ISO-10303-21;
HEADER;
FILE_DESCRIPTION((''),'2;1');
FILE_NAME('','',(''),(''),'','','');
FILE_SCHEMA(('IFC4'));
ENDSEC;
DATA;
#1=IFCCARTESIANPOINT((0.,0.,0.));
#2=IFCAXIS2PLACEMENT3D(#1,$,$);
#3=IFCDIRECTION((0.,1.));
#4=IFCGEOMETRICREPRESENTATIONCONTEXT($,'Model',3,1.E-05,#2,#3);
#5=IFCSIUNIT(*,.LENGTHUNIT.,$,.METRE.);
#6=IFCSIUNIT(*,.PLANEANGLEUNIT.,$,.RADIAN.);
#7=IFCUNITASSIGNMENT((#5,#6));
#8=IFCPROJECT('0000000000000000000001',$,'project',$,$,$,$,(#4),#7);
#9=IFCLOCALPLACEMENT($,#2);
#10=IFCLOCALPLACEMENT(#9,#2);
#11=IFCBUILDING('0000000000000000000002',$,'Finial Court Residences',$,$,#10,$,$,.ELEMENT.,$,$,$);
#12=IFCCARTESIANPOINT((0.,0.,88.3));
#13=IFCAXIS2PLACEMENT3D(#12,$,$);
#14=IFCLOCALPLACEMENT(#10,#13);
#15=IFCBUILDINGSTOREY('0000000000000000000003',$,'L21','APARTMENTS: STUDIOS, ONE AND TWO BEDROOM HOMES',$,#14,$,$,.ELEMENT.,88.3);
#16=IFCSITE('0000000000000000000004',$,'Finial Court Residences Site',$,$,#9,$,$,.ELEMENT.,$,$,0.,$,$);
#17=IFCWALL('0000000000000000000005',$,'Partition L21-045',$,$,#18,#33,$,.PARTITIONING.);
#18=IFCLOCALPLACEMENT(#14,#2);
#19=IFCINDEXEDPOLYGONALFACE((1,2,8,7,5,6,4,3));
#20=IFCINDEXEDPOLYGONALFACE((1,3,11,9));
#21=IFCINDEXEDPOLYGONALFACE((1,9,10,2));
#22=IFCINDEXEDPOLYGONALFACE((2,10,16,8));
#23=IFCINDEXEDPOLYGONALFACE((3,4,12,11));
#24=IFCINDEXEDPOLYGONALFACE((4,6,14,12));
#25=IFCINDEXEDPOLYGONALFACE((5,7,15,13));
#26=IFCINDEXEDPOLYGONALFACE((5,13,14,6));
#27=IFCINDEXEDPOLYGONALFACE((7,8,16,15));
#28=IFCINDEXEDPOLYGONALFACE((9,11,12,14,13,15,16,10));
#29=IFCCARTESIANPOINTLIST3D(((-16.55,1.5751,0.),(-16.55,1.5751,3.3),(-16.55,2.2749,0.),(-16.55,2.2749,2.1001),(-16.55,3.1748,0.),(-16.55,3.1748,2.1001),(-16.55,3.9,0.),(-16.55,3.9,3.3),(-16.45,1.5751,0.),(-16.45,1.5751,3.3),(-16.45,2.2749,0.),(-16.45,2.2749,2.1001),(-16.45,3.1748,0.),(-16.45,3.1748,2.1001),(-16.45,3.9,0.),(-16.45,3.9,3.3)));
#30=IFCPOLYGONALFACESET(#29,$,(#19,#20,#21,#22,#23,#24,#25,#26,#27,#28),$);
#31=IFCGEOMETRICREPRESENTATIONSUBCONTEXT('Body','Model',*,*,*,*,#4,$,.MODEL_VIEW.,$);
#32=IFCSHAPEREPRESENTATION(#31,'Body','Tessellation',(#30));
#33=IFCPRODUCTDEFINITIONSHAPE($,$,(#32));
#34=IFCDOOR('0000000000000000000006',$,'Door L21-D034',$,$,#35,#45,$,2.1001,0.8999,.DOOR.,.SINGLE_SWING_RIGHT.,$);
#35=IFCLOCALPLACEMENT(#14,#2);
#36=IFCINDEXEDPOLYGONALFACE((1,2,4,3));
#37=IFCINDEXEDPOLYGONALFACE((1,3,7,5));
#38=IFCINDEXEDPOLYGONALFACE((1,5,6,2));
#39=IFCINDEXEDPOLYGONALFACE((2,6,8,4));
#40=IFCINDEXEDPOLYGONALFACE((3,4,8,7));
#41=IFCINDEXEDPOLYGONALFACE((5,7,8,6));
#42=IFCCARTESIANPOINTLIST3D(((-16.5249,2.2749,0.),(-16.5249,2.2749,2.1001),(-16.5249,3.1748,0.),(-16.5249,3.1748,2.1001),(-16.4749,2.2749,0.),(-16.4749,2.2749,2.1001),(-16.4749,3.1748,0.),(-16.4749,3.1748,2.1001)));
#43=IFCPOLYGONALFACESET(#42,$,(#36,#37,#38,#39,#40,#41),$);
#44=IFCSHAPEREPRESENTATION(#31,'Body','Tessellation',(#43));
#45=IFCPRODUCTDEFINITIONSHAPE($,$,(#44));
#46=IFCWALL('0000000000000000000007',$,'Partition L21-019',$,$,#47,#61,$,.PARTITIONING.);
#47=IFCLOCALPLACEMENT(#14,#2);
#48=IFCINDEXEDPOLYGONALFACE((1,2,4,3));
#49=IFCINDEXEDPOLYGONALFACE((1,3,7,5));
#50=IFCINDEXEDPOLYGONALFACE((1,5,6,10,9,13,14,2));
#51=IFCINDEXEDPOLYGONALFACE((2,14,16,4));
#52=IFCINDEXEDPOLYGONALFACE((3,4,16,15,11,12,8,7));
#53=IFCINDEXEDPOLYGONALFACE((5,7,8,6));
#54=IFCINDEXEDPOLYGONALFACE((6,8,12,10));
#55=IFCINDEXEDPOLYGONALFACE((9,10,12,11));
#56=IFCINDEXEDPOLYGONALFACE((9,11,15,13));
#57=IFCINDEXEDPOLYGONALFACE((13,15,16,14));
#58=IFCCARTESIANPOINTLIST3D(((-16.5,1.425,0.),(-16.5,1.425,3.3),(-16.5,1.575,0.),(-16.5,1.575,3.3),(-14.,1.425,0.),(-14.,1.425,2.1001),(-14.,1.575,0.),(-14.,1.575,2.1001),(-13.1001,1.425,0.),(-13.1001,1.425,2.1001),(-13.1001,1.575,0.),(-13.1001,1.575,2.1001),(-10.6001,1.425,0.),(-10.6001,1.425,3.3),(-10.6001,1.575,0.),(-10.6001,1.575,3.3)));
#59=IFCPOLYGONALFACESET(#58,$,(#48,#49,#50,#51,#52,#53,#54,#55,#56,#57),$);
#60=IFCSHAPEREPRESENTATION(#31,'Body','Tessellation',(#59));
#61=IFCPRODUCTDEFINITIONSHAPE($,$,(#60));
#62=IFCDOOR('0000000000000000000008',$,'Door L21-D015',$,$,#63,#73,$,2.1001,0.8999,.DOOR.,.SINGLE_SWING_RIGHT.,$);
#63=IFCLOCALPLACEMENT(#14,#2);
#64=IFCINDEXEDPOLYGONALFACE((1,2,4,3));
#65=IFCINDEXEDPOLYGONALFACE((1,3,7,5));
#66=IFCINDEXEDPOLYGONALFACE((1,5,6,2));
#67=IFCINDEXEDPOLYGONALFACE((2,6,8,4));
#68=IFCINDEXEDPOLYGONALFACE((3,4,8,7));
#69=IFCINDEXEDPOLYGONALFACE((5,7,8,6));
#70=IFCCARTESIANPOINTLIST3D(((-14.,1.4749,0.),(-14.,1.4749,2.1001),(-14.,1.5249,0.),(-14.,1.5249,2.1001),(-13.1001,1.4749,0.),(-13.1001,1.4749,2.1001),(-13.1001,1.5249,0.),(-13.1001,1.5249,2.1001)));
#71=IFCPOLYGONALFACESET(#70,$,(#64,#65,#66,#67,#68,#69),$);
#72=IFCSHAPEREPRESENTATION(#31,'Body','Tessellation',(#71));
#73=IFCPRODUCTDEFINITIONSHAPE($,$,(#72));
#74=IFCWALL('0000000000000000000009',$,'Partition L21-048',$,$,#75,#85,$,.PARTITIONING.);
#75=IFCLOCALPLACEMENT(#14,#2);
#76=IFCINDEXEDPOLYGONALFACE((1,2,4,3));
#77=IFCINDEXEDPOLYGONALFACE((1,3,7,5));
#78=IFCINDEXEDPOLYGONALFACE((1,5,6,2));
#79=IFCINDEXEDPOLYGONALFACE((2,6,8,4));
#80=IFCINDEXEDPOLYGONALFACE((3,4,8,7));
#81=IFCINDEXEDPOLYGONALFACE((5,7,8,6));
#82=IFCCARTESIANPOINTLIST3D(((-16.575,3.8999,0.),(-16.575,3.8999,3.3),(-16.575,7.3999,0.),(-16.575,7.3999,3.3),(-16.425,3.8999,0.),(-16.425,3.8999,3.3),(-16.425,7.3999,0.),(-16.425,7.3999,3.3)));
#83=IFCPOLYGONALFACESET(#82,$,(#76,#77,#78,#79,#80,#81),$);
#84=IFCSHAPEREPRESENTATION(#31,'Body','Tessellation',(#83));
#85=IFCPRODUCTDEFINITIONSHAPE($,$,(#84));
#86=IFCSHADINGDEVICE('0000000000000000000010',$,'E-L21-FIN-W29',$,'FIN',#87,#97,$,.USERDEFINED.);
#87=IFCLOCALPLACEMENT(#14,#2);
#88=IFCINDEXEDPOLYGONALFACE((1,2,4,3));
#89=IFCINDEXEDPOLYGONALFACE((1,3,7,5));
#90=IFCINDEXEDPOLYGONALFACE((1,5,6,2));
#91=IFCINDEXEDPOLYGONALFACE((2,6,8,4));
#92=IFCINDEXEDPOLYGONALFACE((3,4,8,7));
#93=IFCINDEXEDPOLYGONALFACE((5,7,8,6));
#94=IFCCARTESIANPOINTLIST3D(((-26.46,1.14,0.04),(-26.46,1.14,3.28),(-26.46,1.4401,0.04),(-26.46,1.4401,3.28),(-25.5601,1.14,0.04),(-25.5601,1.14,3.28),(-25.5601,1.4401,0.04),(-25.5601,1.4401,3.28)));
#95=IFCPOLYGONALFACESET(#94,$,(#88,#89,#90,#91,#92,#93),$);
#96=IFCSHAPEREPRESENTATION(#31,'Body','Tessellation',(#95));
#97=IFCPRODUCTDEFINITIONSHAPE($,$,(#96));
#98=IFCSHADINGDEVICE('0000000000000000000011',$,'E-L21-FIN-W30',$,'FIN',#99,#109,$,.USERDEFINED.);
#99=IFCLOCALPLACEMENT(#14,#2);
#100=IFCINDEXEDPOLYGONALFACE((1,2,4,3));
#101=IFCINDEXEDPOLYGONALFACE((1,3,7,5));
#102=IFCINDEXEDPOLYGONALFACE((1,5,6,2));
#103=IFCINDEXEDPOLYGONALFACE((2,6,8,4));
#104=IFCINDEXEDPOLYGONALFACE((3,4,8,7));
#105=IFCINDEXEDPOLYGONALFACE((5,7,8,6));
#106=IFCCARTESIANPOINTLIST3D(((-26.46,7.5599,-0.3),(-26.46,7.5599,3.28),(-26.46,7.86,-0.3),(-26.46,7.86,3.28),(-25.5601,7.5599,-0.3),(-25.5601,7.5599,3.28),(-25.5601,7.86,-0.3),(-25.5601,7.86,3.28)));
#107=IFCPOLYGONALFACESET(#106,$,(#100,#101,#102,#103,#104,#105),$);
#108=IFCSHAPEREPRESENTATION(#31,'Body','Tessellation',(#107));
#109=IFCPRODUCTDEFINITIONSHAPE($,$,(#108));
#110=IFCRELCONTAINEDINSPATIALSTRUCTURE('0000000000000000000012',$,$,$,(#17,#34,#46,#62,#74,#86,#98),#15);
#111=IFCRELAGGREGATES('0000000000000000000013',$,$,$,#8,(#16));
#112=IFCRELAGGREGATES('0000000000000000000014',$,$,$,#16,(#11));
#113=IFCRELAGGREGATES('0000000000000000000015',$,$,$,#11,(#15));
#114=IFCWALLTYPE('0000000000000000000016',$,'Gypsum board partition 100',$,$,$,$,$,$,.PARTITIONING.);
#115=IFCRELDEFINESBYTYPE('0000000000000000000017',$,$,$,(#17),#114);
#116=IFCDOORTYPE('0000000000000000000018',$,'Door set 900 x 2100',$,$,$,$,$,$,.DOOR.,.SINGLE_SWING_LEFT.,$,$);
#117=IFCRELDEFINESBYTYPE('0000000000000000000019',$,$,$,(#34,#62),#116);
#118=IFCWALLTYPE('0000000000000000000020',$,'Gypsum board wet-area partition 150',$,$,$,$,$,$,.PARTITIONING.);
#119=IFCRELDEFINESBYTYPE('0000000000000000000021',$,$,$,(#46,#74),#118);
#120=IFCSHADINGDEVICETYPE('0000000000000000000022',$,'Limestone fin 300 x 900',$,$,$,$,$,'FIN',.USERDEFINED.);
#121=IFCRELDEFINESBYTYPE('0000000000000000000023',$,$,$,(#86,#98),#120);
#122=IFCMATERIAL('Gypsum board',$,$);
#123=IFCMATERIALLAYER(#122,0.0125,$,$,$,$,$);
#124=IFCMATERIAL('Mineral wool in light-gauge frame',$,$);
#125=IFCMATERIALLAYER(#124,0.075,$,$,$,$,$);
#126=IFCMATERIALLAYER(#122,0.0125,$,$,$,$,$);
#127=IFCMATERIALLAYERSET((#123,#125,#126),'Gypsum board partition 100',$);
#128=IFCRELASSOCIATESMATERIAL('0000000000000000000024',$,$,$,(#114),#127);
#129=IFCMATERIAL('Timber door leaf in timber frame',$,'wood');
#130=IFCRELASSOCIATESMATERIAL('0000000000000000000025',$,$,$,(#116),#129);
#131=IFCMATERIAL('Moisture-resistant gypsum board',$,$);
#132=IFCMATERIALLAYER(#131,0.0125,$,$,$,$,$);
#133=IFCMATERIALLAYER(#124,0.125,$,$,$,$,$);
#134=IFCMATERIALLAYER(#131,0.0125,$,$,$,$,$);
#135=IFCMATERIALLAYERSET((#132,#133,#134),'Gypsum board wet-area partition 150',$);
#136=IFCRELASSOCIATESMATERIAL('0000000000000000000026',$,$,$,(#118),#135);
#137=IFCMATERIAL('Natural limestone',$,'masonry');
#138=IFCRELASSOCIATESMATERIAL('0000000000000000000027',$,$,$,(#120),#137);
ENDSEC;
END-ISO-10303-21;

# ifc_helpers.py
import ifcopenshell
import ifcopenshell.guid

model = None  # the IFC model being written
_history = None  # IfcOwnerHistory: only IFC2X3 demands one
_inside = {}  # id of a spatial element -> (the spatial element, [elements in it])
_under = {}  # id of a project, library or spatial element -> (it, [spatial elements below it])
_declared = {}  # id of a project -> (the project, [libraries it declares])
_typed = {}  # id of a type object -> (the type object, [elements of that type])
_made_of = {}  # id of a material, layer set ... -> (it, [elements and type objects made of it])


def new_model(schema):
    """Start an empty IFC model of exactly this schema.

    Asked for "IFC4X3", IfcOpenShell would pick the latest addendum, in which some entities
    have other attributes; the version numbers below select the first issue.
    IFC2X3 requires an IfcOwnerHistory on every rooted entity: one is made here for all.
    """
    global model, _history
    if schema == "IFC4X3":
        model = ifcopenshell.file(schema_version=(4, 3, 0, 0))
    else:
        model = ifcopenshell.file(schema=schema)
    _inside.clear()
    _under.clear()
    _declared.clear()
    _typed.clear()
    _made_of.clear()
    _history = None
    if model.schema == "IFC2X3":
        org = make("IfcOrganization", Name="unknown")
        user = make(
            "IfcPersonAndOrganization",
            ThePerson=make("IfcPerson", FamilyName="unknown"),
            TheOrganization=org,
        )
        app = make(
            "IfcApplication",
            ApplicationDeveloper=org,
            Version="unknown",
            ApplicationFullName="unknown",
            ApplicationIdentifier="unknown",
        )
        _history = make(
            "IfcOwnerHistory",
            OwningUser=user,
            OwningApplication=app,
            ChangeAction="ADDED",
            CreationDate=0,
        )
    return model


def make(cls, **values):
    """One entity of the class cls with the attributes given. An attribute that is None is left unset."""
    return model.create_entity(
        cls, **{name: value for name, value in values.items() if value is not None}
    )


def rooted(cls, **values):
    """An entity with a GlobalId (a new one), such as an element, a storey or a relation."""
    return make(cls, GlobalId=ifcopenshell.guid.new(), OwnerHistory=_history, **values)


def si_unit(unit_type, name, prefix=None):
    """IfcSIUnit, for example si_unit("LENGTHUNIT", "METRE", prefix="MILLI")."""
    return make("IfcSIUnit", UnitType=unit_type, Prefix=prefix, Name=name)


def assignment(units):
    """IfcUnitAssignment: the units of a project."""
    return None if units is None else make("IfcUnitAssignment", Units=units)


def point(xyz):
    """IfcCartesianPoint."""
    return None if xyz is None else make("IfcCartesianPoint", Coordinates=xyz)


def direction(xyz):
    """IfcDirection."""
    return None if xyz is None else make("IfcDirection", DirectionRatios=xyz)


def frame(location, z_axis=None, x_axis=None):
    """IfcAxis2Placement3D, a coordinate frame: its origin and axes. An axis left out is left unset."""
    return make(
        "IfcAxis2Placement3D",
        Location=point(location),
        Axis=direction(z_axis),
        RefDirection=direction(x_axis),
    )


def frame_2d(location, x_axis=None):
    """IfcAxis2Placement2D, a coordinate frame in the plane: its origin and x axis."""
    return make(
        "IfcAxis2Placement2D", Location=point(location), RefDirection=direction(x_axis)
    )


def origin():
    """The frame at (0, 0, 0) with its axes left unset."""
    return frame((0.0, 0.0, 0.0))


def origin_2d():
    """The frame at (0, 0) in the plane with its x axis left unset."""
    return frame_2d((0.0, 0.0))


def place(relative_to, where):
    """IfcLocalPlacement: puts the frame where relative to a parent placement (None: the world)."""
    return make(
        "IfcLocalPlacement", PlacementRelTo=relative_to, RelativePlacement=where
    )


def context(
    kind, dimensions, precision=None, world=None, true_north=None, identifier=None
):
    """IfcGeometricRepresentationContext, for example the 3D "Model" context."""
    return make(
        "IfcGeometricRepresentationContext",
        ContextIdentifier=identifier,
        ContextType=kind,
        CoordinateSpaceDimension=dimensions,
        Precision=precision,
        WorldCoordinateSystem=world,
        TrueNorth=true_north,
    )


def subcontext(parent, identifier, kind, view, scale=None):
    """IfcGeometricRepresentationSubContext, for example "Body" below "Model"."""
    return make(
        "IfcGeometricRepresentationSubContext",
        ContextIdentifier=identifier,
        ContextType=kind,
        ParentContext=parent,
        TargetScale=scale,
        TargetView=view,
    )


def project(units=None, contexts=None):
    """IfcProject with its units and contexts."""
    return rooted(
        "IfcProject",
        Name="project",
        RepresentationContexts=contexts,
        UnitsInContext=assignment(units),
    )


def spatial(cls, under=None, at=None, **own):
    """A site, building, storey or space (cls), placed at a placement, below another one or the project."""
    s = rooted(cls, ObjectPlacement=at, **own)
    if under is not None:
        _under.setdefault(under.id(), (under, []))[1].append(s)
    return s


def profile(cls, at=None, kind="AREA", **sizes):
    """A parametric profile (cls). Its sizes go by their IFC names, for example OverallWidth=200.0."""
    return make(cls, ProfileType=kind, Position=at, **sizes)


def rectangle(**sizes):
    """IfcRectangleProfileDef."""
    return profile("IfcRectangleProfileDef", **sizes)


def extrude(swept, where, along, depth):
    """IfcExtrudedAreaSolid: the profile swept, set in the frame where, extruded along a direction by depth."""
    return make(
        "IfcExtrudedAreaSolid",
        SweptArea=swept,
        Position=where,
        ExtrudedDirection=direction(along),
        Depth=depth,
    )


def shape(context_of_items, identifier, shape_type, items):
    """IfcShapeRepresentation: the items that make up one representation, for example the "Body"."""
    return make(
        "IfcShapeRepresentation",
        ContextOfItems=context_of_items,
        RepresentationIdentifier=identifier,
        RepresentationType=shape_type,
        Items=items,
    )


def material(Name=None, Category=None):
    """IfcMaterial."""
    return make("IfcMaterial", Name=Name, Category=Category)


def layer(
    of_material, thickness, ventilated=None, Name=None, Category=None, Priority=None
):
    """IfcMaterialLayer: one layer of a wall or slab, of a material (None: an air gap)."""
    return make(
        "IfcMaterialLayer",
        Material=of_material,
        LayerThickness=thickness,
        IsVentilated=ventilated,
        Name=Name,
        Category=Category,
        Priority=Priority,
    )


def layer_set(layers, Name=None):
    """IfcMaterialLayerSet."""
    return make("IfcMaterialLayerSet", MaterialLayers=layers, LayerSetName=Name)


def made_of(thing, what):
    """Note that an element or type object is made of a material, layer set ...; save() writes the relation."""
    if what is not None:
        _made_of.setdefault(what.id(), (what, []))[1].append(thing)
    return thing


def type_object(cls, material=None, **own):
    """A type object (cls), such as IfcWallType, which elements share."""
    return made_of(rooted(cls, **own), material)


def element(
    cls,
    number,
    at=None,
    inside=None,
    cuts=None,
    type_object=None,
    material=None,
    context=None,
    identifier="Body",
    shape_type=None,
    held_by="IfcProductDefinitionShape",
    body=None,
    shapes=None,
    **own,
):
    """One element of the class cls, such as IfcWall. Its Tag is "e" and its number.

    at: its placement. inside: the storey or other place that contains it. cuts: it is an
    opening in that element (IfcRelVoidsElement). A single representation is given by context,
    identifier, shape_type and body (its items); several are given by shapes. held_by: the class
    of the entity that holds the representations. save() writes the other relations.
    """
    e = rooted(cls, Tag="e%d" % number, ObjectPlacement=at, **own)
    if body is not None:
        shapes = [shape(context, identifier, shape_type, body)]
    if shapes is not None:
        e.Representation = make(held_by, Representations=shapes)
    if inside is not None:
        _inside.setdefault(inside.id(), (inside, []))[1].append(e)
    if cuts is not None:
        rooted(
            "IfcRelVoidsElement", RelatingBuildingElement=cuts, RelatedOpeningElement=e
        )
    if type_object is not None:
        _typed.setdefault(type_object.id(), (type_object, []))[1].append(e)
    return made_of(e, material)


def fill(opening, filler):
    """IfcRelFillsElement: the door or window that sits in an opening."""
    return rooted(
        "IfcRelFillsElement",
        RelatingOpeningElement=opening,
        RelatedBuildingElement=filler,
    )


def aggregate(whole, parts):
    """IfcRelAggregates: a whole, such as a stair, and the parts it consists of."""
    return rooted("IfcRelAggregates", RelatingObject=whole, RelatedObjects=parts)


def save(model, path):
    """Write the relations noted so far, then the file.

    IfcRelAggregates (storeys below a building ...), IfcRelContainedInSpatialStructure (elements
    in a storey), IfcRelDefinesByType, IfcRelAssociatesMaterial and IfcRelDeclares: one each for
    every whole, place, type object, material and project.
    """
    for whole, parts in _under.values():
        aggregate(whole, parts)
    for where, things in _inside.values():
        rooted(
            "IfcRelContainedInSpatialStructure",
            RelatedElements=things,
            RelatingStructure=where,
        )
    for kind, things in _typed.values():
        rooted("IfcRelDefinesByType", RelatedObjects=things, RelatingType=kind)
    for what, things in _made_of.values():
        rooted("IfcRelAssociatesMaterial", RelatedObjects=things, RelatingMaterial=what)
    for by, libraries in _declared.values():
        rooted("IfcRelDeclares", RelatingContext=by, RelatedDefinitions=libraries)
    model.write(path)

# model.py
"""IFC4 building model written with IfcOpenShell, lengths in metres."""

from ifc_helpers import new_model, si_unit, direction, frame, frame_2d, origin, origin_2d, place, context, subcontext, project, spatial, rectangle, extrude, material, layer, layer_set, type_object, element, fill, save


model = new_model("IFC4")

# Units and contexts
model_context = context("Model", 3, precision=1e-05, world=origin(), true_north=direction((0.0, 1.0)))
body_context = subcontext(model_context, "Body", "Model", "MODEL_VIEW")
ifc_project = project(units=[si_unit("LENGTHUNIT", "METRE"), si_unit("PLANEANGLEUNIT", "RADIAN")], contexts=[model_context])

# Site, building, storey
site_placement = place(None, origin())
site = spatial("IfcSite", under=ifc_project, at=site_placement, Name="Finial Court Residences Site", CompositionType="ELEMENT", RefElevation=0.0)
building_placement = place(site_placement, origin())
building = spatial("IfcBuilding", under=site, at=building_placement, Name="Finial Court Residences", CompositionType="ELEMENT")
storey_placement = place(building_placement, frame((0.0, 0.0, 88.3)))
storey = spatial("IfcBuildingStorey", under=building, at=storey_placement, Name="L21", Description="APARTMENTS: STUDIOS, ONE AND TWO BEDROOM HOMES", CompositionType="ELEMENT", Elevation=88.3)

# Shared definitions
ifc_material_1 = material(Name="Gypsum board")

# Walls, openings, doors
ifc_layer_1 = layer(ifc_material_1, 0.0125)
ifc_material_2 = material(Name="Mineral wool in light-gauge frame")
ifc_layer_2 = layer(ifc_material_2, 0.075)
ifc_layer_3 = layer(ifc_material_1, 0.0125)
ifc_layer_set_1 = layer_set([ifc_layer_1, ifc_layer_2, ifc_layer_3], Name="Gypsum board partition 100")
wall_type_1 = type_object("IfcWallType", Name="Gypsum board partition 100", PredefinedType="PARTITIONING", material=ifc_layer_set_1)
ifc_material_3 = material(Name="Timber door leaf in timber frame", Category="wood")
door_type_1 = type_object("IfcDoorType", Name="Door set 900 x 2100", OperationType="SINGLE_SWING_LEFT", PredefinedType="DOOR", material=ifc_material_3)
wall_1_placement = place(storey_placement, frame((-16.5, 1.575, 0.0), z_axis=(0.0, 0.0, 1.0), x_axis=(0.0, 1.0, 0.0)))
wall_1 = element("IfcWall", 1, at=wall_1_placement, inside=storey, type_object=wall_type_1, Name="Partition L21-045", PredefinedType="PARTITIONING", context=body_context, shape_type="SweptSolid", body=[
    extrude(rectangle(XDim=2.325, YDim=0.1001, at=frame_2d((1.1626, 0.0))), origin(), (0.0, 0.0, 1.0), 3.3),
])
opening_1_placement = place(wall_1_placement, frame((0.7, 0.0, 0.0)))
opening_1 = element("IfcOpeningElement", 2, at=opening_1_placement, cuts=wall_1, PredefinedType="OPENING", context=body_context, shape_type="SweptSolid", body=[
    extrude(rectangle(XDim=0.8999, YDim=2.1001, at=frame_2d((0.45, 1.05))), frame((0.0, 0.0601, 0.0), z_axis=(0.0, -1.0, 0.0), x_axis=(1.0, 0.0, 0.0)), (0.0, 0.0, 1.0), 0.1201),
])
door_1_placement = place(opening_1_placement, origin())
door_1 = element("IfcDoor", 3, at=door_1_placement, inside=storey, type_object=door_type_1, Name="Door L21-D034", OperationType="SINGLE_SWING_RIGHT", OverallHeight=2.1001, OverallWidth=0.8999, PredefinedType="DOOR", context=body_context, shape_type="SweptSolid", body=[
    extrude(rectangle(XDim=0.8999, YDim=2.1001, at=frame_2d((0.45, 1.05))), frame((0.0, 0.0249, 0.0), z_axis=(0.0, -1.0, 0.0), x_axis=(1.0, 0.0, 0.0)), (0.0, 0.0, 1.0), 0.05),
])
fill(opening_1, door_1)
ifc_material_4 = material(Name="Moisture-resistant gypsum board")
ifc_layer_4 = layer(ifc_material_4, 0.0125)
ifc_layer_5 = layer(ifc_material_2, 0.125)
ifc_layer_6 = layer(ifc_material_4, 0.0125)
ifc_layer_set_2 = layer_set([ifc_layer_4, ifc_layer_5, ifc_layer_6], Name="Gypsum board wet-area partition 150")
wall_type_2 = type_object("IfcWallType", Name="Gypsum board wet-area partition 150", PredefinedType="PARTITIONING", material=ifc_layer_set_2)
wall_2_placement = place(storey_placement, frame((-16.5, 1.5, 0.0), z_axis=(0.0, 0.0, 1.0), x_axis=(1.0, 0.0, 0.0)))
wall_2 = element("IfcWall", 4, at=wall_2_placement, inside=storey, type_object=wall_type_2, Name="Partition L21-019", PredefinedType="PARTITIONING", context=body_context, shape_type="SweptSolid", body=[
    extrude(rectangle(XDim=5.8999, YDim=0.1499, at=frame_2d((2.95, 0.0))), origin(), (0.0, 0.0, 1.0), 3.3),
])
opening_2_placement = place(wall_2_placement, frame((2.5, 0.0, 0.0)))
opening_2 = element("IfcOpeningElement", 5, at=opening_2_placement, cuts=wall_2, PredefinedType="OPENING", context=body_context, shape_type="SweptSolid", body=[
    extrude(rectangle(XDim=0.8999, YDim=2.1001, at=frame_2d((0.45, 1.05))), frame((0.0, 0.085, 0.0), z_axis=(0.0, -1.0, 0.0), x_axis=(1.0, 0.0, 0.0)), (0.0, 0.0, 1.0), 0.1699),
])
door_2_placement = place(opening_2_placement, origin())
door_2 = element("IfcDoor", 6, at=door_2_placement, inside=storey, type_object=door_type_1, Name="Door L21-D015", OperationType="SINGLE_SWING_RIGHT", OverallHeight=2.1001, OverallWidth=0.8999, PredefinedType="DOOR", context=body_context, shape_type="SweptSolid", body=[
    extrude(rectangle(XDim=0.8999, YDim=2.1001, at=frame_2d((0.45, 1.05))), frame((0.0, 0.0249, 0.0), z_axis=(0.0, -1.0, 0.0), x_axis=(1.0, 0.0, 0.0)), (0.0, 0.0, 1.0), 0.05),
])
fill(opening_2, door_2)

# Wall
wall_3_placement = place(storey_placement, frame((-16.5, 3.8999, 0.0), z_axis=(0.0, 0.0, 1.0), x_axis=(0.0, 1.0, 0.0)))
element("IfcWall", 7, at=wall_3_placement, inside=storey, type_object=wall_type_2, Name="Partition L21-048", PredefinedType="PARTITIONING", context=body_context, shape_type="SweptSolid", body=[
    extrude(rectangle(XDim=3.5, YDim=0.1499, at=frame_2d((1.75, 0.0))), origin(), (0.0, 0.0, 1.0), 3.3),
])

# Shading devices
ifc_material_5 = material(Name="Natural limestone", Category="masonry")
shading_device_type = type_object("IfcShadingDeviceType", Name="Limestone fin 300 x 900", ElementType="FIN", PredefinedType="USERDEFINED", material=ifc_material_5)
shading_device_1_placement = place(storey_placement, frame((-26.01, 1.29, 0.04), z_axis=(0.0, 0.0, 1.0), x_axis=(1.0, 0.0, 0.0)))
element("IfcShadingDevice", 8, at=shading_device_1_placement, inside=storey, type_object=shading_device_type, Name="E-L21-FIN-W29", ObjectType="FIN", PredefinedType="USERDEFINED", context=body_context, shape_type="SweptSolid", body=[
    extrude(rectangle(XDim=0.8999, YDim=0.3, at=origin_2d()), origin(), (0.0, 0.0, 1.0), 3.24),
])
shading_device_2_placement = place(storey_placement, frame((-26.01, 7.71, -0.3), z_axis=(0.0, 0.0, 1.0), x_axis=(1.0, 0.0, 0.0)))
element("IfcShadingDevice", 9, at=shading_device_2_placement, inside=storey, type_object=shading_device_type, Name="E-L21-FIN-W30", ObjectType="FIN", PredefinedType="USERDEFINED", context=body_context, shape_type="SweptSolid", body=[
    extrude(rectangle(XDim=0.8999, YDim=0.3, at=origin_2d()), origin(), (0.0, 0.0, 1.0), 3.5801),
])

save(model, "model.ifc")
